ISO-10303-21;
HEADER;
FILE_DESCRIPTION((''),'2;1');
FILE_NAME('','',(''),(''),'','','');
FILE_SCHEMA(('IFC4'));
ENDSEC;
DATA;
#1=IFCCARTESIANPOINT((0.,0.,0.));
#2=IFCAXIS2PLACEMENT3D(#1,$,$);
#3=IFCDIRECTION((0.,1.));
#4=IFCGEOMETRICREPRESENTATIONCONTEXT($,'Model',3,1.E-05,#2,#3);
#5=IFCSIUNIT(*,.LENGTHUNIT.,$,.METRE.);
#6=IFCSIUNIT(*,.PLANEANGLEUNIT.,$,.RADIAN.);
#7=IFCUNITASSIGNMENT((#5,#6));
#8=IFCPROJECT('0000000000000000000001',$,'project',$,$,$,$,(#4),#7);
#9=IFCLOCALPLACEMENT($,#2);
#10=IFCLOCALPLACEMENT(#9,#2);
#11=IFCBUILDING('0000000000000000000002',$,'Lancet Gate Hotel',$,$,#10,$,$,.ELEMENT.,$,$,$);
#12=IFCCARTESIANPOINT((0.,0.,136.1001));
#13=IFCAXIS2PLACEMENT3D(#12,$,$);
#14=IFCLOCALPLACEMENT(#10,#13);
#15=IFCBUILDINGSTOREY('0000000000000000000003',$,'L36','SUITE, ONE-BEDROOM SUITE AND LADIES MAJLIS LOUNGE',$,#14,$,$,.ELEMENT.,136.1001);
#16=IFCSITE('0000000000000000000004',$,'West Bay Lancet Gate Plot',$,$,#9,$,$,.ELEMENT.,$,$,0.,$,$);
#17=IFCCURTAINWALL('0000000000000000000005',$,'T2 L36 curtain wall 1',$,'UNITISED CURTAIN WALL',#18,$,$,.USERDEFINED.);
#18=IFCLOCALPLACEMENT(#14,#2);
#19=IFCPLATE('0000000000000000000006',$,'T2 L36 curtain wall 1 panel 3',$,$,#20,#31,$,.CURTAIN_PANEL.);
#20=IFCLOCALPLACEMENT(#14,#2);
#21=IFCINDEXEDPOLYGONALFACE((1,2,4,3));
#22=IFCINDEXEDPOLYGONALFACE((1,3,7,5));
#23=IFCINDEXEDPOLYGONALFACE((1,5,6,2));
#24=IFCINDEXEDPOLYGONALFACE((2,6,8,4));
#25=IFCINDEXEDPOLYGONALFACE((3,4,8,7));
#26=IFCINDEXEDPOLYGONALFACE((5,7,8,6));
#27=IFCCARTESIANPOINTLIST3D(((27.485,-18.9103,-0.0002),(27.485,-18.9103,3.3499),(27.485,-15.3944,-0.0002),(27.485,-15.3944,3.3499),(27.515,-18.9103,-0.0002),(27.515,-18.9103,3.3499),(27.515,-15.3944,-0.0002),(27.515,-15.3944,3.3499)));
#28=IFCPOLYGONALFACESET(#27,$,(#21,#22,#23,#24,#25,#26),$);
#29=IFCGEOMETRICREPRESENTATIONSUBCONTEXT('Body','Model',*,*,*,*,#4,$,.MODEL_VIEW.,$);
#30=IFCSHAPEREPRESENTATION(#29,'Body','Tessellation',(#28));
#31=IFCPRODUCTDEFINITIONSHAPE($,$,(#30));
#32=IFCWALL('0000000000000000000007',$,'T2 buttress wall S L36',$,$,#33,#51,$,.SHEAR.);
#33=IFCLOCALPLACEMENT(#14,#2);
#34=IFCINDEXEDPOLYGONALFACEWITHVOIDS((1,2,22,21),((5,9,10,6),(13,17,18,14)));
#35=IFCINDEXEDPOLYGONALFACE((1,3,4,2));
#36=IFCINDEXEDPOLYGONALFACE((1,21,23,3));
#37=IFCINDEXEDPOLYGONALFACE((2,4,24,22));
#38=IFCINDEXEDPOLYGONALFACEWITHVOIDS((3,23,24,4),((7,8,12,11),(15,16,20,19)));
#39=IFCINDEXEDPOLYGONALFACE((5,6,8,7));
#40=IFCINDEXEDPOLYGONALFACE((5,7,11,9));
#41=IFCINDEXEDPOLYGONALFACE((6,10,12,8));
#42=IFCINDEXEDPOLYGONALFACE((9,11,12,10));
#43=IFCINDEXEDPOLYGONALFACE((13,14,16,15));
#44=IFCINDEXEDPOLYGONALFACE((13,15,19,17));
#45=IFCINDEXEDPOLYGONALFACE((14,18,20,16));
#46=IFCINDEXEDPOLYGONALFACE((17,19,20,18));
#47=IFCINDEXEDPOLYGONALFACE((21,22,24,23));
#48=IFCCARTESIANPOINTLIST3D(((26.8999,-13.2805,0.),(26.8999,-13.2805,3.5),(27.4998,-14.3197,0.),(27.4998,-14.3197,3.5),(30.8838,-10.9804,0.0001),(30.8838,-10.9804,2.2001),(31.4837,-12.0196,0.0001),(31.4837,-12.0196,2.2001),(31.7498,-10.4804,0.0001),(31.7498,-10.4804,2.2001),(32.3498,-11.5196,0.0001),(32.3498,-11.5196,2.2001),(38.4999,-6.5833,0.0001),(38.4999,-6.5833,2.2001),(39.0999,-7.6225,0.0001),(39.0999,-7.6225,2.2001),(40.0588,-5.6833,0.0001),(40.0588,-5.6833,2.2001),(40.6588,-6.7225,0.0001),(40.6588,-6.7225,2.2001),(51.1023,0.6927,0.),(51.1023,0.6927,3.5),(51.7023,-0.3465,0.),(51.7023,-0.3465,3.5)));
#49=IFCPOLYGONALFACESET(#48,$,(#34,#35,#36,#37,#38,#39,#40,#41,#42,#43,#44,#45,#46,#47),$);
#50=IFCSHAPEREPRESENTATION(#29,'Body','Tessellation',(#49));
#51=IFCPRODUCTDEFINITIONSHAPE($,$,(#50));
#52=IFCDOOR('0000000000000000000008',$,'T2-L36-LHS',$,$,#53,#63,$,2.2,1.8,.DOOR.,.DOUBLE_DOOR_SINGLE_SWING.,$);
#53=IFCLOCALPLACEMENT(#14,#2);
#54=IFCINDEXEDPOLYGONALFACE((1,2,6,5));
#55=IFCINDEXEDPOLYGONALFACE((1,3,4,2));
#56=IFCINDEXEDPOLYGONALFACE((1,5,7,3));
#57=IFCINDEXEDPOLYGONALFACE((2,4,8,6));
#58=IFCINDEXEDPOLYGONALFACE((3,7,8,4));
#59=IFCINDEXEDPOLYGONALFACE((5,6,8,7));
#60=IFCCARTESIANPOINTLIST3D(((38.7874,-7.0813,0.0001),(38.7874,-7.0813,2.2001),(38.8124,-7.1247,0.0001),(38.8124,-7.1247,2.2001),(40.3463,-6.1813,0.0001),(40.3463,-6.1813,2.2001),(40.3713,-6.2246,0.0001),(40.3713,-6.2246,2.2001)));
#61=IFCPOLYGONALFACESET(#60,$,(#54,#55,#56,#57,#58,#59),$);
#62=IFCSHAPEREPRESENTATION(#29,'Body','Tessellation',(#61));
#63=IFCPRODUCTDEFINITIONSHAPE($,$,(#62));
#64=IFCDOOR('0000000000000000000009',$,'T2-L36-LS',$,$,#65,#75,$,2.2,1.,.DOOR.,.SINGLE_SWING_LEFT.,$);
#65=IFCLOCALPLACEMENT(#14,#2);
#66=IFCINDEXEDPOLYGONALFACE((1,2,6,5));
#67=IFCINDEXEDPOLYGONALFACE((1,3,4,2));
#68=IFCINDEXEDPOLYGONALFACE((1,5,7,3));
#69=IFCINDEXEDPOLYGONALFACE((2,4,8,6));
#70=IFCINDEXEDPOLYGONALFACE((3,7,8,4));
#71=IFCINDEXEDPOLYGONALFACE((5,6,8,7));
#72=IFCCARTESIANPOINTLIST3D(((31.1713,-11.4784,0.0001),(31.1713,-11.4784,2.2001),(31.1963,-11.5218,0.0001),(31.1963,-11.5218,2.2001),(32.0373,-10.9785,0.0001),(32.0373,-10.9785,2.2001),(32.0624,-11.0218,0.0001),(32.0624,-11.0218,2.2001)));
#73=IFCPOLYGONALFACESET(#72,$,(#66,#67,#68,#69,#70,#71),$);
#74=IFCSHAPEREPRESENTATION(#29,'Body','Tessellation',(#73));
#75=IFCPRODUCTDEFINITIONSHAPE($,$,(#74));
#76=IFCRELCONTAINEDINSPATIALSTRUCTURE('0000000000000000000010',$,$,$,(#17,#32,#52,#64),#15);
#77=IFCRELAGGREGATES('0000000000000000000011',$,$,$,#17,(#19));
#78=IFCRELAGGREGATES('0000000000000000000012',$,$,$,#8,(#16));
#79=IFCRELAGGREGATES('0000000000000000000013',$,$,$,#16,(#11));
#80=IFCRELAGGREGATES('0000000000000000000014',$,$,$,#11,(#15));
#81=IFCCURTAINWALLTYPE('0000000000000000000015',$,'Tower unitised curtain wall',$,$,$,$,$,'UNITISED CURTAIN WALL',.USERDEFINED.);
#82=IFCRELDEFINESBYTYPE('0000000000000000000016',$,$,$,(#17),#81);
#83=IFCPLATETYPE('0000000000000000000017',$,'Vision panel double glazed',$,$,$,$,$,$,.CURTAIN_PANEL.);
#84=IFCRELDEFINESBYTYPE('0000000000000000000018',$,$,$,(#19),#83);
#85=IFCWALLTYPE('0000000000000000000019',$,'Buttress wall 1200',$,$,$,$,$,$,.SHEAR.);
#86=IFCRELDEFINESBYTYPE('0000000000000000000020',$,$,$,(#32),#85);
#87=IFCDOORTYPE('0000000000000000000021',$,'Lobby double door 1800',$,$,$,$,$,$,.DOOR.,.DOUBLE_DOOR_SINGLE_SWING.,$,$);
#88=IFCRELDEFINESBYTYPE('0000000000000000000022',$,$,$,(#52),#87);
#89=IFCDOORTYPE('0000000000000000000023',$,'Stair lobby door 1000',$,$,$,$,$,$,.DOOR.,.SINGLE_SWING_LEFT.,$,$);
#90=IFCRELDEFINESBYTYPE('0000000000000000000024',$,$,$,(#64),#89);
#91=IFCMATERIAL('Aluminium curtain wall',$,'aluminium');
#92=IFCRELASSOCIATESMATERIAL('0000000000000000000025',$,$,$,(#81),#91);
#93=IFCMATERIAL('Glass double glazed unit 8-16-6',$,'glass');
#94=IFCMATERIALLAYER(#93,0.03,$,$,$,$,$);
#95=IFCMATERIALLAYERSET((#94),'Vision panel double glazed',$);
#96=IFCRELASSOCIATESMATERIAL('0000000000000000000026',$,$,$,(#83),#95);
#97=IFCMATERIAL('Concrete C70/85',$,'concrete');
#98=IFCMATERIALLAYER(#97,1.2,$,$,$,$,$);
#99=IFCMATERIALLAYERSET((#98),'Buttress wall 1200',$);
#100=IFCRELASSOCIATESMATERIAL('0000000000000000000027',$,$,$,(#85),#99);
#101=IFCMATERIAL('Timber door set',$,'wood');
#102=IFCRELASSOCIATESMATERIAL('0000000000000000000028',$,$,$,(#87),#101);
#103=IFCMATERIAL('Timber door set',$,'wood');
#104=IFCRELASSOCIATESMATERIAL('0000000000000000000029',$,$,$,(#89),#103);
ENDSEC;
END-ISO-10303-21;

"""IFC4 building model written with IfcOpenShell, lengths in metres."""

from ifc_helpers import new_model, si_unit, direction, frame, frame_2d, origin, origin_2d, place, context, subcontext, project, spatial, rectangle, extrude, material, layer, layer_set, type_object, element, fill, aggregate, save


model = new_model("IFC4")

# Units and contexts
model_context = context("Model", 3, precision=1e-05, world=origin(), true_north=direction((0.0, 1.0)))
body_context = subcontext(model_context, "Body", "Model", "MODEL_VIEW")
ifc_project = project(units=[si_unit("LENGTHUNIT", "METRE"), si_unit("PLANEANGLEUNIT", "RADIAN")], contexts=[model_context])

# Site, building, storey
site_placement = place(None, origin())
site = spatial("IfcSite", under=ifc_project, at=site_placement, Name="West Bay Lancet Gate Plot", CompositionType="ELEMENT", RefElevation=0.0)
building_placement = place(site_placement, origin())
building = spatial("IfcBuilding", under=site, at=building_placement, Name="Lancet Gate Hotel", CompositionType="ELEMENT")
storey_placement = place(building_placement, frame((0.0, 0.0, 136.1001)))
storey = spatial("IfcBuildingStorey", under=building, at=storey_placement, Name="L36", Description="SUITE, ONE-BEDROOM SUITE AND LADIES MAJLIS LOUNGE", CompositionType="ELEMENT", Elevation=136.1001)

# Curtain wall
ifc_material_1 = material(Name="Aluminium curtain wall", Category="aluminium")
curtain_wall_type = type_object("IfcCurtainWallType", Name="Tower unitised curtain wall", ElementType="UNITISED CURTAIN WALL", PredefinedType="USERDEFINED", material=ifc_material_1)
curtain_wall_placement = place(storey_placement, origin())
curtain_wall = element("IfcCurtainWall", 1, at=curtain_wall_placement, inside=storey, type_object=curtain_wall_type, Name="T2 L36 curtain wall 1", ObjectType="UNITISED CURTAIN WALL", PredefinedType="USERDEFINED")

# Plate
ifc_material_2 = material(Name="Glass double glazed unit 8-16-6", Category="glass")
ifc_layer_1 = layer(ifc_material_2, 0.03)
ifc_layer_set_1 = layer_set([ifc_layer_1], Name="Vision panel double glazed")
plate_type = type_object("IfcPlateType", Name="Vision panel double glazed", PredefinedType="CURTAIN_PANEL", material=ifc_layer_set_1)
plate_1_placement = place(storey_placement, frame((27.5, -17.1523, -0.0002), z_axis=(0.0, 0.0, 1.0), x_axis=(0.0, -1.0, 0.0)))
plate_1 = element("IfcPlate", 2, at=plate_1_placement, type_object=plate_type, Name="T2 L36 curtain wall 1 panel 3", PredefinedType="CURTAIN_PANEL", context=body_context, shape_type="SweptSolid", body=[
    extrude(rectangle(XDim=3.5159, YDim=0.03, at=origin_2d()), origin(), (0.0, 0.0, 1.0), 3.3501),
])
aggregate(curtain_wall, [plate_1])

# Wall, openings, doors
ifc_material_3 = material(Name="Concrete C70/85", Category="concrete")
ifc_layer_2 = layer(ifc_material_3, 1.2)
ifc_layer_set_2 = layer_set([ifc_layer_2], Name="Buttress wall 1200")
wall_type = type_object("IfcWallType", Name="Buttress wall 1200", PredefinedType="SHEAR", material=ifc_layer_set_2)
wall_placement = place(storey_placement, frame((27.2, -13.8, 0.0), z_axis=(0.0, 0.0, 1.0), x_axis=(0.866027, 0.499997, 0.0)))
wall = element("IfcWall", 3, at=wall_placement, inside=storey, type_object=wall_type, Name="T2 buttress wall S L36", PredefinedType="SHEAR", context=body_context, shape_type="SweptSolid", body=[
    extrude(rectangle(XDim=27.9465, YDim=1.2, at=frame_2d((13.9731, 0.0))), origin(), (0.0, 0.0, 1.0), 3.5),
])
opening_1_placement = place(wall_placement, frame((4.6001, 0.0, 0.0)))
opening_1 = element("IfcOpeningElement", 4, at=opening_1_placement, cuts=wall, PredefinedType="OPENING", context=body_context, shape_type="SweptSolid", body=[
    extrude(rectangle(XDim=1.0, YDim=2.2, at=frame_2d((0.5, 1.1001))), frame((0.0, 0.6099, 0.0), z_axis=(0.0, -1.0, 0.0), x_axis=(1.0, 0.0, 0.0)), (0.0, 0.0, 1.0), 1.22),
])
opening_2_placement = place(wall_placement, frame((13.3945, 0.0, 0.0)))
opening_2 = element("IfcOpeningElement", 5, at=opening_2_placement, cuts=wall, PredefinedType="OPENING", context=body_context, shape_type="SweptSolid", body=[
    extrude(rectangle(XDim=1.8, YDim=2.2, at=frame_2d((0.8999, 1.1001))), frame((0.0, 0.6099, 0.0), z_axis=(0.0, -1.0, 0.0), x_axis=(1.0, 0.0, 0.0)), (0.0, 0.0, 1.0), 1.22),
])
ifc_material_4 = material(Name="Timber door set", Category="wood")
door_type_1 = type_object("IfcDoorType", Name="Lobby double door 1800", OperationType="DOUBLE_DOOR_SINGLE_SWING", PredefinedType="DOOR", material=ifc_material_4)
door_1_placement = place(opening_2_placement, origin())
door_1 = element("IfcDoor", 6, at=door_1_placement, inside=storey, type_object=door_type_1, Name="T2-L36-LHS", OperationType="DOUBLE_DOOR_SINGLE_SWING", OverallHeight=2.2, OverallWidth=1.8, PredefinedType="DOOR", context=body_context, shape_type="SweptSolid", body=[
    extrude(rectangle(XDim=1.8, YDim=2.2, at=frame_2d((0.8999, 1.1001))), frame((0.0, 0.0249, 0.0), z_axis=(0.0, -1.0, 0.0), x_axis=(1.0, 0.0, 0.0)), (0.0, 0.0, 1.0), 0.05),
])
fill(opening_2, door_1)
ifc_material_5 = material(Name="Timber door set", Category="wood")
door_type_2 = type_object("IfcDoorType", Name="Stair lobby door 1000", OperationType="SINGLE_SWING_LEFT", PredefinedType="DOOR", material=ifc_material_5)
door_2_placement = place(opening_1_placement, origin())
door_2 = element("IfcDoor", 7, at=door_2_placement, inside=storey, type_object=door_type_2, Name="T2-L36-LS", OperationType="SINGLE_SWING_LEFT", OverallHeight=2.2, OverallWidth=1.0, PredefinedType="DOOR", context=body_context, shape_type="SweptSolid", body=[
    extrude(rectangle(XDim=1.0, YDim=2.2, at=frame_2d((0.5, 1.1001))), frame((0.0, 0.0249, 0.0), z_axis=(0.0, -1.0, 0.0), x_axis=(1.0, 0.0, 0.0)), (0.0, 0.0, 1.0), 0.05),
])
fill(opening_1, door_2)

save(model, "model.ifc")
